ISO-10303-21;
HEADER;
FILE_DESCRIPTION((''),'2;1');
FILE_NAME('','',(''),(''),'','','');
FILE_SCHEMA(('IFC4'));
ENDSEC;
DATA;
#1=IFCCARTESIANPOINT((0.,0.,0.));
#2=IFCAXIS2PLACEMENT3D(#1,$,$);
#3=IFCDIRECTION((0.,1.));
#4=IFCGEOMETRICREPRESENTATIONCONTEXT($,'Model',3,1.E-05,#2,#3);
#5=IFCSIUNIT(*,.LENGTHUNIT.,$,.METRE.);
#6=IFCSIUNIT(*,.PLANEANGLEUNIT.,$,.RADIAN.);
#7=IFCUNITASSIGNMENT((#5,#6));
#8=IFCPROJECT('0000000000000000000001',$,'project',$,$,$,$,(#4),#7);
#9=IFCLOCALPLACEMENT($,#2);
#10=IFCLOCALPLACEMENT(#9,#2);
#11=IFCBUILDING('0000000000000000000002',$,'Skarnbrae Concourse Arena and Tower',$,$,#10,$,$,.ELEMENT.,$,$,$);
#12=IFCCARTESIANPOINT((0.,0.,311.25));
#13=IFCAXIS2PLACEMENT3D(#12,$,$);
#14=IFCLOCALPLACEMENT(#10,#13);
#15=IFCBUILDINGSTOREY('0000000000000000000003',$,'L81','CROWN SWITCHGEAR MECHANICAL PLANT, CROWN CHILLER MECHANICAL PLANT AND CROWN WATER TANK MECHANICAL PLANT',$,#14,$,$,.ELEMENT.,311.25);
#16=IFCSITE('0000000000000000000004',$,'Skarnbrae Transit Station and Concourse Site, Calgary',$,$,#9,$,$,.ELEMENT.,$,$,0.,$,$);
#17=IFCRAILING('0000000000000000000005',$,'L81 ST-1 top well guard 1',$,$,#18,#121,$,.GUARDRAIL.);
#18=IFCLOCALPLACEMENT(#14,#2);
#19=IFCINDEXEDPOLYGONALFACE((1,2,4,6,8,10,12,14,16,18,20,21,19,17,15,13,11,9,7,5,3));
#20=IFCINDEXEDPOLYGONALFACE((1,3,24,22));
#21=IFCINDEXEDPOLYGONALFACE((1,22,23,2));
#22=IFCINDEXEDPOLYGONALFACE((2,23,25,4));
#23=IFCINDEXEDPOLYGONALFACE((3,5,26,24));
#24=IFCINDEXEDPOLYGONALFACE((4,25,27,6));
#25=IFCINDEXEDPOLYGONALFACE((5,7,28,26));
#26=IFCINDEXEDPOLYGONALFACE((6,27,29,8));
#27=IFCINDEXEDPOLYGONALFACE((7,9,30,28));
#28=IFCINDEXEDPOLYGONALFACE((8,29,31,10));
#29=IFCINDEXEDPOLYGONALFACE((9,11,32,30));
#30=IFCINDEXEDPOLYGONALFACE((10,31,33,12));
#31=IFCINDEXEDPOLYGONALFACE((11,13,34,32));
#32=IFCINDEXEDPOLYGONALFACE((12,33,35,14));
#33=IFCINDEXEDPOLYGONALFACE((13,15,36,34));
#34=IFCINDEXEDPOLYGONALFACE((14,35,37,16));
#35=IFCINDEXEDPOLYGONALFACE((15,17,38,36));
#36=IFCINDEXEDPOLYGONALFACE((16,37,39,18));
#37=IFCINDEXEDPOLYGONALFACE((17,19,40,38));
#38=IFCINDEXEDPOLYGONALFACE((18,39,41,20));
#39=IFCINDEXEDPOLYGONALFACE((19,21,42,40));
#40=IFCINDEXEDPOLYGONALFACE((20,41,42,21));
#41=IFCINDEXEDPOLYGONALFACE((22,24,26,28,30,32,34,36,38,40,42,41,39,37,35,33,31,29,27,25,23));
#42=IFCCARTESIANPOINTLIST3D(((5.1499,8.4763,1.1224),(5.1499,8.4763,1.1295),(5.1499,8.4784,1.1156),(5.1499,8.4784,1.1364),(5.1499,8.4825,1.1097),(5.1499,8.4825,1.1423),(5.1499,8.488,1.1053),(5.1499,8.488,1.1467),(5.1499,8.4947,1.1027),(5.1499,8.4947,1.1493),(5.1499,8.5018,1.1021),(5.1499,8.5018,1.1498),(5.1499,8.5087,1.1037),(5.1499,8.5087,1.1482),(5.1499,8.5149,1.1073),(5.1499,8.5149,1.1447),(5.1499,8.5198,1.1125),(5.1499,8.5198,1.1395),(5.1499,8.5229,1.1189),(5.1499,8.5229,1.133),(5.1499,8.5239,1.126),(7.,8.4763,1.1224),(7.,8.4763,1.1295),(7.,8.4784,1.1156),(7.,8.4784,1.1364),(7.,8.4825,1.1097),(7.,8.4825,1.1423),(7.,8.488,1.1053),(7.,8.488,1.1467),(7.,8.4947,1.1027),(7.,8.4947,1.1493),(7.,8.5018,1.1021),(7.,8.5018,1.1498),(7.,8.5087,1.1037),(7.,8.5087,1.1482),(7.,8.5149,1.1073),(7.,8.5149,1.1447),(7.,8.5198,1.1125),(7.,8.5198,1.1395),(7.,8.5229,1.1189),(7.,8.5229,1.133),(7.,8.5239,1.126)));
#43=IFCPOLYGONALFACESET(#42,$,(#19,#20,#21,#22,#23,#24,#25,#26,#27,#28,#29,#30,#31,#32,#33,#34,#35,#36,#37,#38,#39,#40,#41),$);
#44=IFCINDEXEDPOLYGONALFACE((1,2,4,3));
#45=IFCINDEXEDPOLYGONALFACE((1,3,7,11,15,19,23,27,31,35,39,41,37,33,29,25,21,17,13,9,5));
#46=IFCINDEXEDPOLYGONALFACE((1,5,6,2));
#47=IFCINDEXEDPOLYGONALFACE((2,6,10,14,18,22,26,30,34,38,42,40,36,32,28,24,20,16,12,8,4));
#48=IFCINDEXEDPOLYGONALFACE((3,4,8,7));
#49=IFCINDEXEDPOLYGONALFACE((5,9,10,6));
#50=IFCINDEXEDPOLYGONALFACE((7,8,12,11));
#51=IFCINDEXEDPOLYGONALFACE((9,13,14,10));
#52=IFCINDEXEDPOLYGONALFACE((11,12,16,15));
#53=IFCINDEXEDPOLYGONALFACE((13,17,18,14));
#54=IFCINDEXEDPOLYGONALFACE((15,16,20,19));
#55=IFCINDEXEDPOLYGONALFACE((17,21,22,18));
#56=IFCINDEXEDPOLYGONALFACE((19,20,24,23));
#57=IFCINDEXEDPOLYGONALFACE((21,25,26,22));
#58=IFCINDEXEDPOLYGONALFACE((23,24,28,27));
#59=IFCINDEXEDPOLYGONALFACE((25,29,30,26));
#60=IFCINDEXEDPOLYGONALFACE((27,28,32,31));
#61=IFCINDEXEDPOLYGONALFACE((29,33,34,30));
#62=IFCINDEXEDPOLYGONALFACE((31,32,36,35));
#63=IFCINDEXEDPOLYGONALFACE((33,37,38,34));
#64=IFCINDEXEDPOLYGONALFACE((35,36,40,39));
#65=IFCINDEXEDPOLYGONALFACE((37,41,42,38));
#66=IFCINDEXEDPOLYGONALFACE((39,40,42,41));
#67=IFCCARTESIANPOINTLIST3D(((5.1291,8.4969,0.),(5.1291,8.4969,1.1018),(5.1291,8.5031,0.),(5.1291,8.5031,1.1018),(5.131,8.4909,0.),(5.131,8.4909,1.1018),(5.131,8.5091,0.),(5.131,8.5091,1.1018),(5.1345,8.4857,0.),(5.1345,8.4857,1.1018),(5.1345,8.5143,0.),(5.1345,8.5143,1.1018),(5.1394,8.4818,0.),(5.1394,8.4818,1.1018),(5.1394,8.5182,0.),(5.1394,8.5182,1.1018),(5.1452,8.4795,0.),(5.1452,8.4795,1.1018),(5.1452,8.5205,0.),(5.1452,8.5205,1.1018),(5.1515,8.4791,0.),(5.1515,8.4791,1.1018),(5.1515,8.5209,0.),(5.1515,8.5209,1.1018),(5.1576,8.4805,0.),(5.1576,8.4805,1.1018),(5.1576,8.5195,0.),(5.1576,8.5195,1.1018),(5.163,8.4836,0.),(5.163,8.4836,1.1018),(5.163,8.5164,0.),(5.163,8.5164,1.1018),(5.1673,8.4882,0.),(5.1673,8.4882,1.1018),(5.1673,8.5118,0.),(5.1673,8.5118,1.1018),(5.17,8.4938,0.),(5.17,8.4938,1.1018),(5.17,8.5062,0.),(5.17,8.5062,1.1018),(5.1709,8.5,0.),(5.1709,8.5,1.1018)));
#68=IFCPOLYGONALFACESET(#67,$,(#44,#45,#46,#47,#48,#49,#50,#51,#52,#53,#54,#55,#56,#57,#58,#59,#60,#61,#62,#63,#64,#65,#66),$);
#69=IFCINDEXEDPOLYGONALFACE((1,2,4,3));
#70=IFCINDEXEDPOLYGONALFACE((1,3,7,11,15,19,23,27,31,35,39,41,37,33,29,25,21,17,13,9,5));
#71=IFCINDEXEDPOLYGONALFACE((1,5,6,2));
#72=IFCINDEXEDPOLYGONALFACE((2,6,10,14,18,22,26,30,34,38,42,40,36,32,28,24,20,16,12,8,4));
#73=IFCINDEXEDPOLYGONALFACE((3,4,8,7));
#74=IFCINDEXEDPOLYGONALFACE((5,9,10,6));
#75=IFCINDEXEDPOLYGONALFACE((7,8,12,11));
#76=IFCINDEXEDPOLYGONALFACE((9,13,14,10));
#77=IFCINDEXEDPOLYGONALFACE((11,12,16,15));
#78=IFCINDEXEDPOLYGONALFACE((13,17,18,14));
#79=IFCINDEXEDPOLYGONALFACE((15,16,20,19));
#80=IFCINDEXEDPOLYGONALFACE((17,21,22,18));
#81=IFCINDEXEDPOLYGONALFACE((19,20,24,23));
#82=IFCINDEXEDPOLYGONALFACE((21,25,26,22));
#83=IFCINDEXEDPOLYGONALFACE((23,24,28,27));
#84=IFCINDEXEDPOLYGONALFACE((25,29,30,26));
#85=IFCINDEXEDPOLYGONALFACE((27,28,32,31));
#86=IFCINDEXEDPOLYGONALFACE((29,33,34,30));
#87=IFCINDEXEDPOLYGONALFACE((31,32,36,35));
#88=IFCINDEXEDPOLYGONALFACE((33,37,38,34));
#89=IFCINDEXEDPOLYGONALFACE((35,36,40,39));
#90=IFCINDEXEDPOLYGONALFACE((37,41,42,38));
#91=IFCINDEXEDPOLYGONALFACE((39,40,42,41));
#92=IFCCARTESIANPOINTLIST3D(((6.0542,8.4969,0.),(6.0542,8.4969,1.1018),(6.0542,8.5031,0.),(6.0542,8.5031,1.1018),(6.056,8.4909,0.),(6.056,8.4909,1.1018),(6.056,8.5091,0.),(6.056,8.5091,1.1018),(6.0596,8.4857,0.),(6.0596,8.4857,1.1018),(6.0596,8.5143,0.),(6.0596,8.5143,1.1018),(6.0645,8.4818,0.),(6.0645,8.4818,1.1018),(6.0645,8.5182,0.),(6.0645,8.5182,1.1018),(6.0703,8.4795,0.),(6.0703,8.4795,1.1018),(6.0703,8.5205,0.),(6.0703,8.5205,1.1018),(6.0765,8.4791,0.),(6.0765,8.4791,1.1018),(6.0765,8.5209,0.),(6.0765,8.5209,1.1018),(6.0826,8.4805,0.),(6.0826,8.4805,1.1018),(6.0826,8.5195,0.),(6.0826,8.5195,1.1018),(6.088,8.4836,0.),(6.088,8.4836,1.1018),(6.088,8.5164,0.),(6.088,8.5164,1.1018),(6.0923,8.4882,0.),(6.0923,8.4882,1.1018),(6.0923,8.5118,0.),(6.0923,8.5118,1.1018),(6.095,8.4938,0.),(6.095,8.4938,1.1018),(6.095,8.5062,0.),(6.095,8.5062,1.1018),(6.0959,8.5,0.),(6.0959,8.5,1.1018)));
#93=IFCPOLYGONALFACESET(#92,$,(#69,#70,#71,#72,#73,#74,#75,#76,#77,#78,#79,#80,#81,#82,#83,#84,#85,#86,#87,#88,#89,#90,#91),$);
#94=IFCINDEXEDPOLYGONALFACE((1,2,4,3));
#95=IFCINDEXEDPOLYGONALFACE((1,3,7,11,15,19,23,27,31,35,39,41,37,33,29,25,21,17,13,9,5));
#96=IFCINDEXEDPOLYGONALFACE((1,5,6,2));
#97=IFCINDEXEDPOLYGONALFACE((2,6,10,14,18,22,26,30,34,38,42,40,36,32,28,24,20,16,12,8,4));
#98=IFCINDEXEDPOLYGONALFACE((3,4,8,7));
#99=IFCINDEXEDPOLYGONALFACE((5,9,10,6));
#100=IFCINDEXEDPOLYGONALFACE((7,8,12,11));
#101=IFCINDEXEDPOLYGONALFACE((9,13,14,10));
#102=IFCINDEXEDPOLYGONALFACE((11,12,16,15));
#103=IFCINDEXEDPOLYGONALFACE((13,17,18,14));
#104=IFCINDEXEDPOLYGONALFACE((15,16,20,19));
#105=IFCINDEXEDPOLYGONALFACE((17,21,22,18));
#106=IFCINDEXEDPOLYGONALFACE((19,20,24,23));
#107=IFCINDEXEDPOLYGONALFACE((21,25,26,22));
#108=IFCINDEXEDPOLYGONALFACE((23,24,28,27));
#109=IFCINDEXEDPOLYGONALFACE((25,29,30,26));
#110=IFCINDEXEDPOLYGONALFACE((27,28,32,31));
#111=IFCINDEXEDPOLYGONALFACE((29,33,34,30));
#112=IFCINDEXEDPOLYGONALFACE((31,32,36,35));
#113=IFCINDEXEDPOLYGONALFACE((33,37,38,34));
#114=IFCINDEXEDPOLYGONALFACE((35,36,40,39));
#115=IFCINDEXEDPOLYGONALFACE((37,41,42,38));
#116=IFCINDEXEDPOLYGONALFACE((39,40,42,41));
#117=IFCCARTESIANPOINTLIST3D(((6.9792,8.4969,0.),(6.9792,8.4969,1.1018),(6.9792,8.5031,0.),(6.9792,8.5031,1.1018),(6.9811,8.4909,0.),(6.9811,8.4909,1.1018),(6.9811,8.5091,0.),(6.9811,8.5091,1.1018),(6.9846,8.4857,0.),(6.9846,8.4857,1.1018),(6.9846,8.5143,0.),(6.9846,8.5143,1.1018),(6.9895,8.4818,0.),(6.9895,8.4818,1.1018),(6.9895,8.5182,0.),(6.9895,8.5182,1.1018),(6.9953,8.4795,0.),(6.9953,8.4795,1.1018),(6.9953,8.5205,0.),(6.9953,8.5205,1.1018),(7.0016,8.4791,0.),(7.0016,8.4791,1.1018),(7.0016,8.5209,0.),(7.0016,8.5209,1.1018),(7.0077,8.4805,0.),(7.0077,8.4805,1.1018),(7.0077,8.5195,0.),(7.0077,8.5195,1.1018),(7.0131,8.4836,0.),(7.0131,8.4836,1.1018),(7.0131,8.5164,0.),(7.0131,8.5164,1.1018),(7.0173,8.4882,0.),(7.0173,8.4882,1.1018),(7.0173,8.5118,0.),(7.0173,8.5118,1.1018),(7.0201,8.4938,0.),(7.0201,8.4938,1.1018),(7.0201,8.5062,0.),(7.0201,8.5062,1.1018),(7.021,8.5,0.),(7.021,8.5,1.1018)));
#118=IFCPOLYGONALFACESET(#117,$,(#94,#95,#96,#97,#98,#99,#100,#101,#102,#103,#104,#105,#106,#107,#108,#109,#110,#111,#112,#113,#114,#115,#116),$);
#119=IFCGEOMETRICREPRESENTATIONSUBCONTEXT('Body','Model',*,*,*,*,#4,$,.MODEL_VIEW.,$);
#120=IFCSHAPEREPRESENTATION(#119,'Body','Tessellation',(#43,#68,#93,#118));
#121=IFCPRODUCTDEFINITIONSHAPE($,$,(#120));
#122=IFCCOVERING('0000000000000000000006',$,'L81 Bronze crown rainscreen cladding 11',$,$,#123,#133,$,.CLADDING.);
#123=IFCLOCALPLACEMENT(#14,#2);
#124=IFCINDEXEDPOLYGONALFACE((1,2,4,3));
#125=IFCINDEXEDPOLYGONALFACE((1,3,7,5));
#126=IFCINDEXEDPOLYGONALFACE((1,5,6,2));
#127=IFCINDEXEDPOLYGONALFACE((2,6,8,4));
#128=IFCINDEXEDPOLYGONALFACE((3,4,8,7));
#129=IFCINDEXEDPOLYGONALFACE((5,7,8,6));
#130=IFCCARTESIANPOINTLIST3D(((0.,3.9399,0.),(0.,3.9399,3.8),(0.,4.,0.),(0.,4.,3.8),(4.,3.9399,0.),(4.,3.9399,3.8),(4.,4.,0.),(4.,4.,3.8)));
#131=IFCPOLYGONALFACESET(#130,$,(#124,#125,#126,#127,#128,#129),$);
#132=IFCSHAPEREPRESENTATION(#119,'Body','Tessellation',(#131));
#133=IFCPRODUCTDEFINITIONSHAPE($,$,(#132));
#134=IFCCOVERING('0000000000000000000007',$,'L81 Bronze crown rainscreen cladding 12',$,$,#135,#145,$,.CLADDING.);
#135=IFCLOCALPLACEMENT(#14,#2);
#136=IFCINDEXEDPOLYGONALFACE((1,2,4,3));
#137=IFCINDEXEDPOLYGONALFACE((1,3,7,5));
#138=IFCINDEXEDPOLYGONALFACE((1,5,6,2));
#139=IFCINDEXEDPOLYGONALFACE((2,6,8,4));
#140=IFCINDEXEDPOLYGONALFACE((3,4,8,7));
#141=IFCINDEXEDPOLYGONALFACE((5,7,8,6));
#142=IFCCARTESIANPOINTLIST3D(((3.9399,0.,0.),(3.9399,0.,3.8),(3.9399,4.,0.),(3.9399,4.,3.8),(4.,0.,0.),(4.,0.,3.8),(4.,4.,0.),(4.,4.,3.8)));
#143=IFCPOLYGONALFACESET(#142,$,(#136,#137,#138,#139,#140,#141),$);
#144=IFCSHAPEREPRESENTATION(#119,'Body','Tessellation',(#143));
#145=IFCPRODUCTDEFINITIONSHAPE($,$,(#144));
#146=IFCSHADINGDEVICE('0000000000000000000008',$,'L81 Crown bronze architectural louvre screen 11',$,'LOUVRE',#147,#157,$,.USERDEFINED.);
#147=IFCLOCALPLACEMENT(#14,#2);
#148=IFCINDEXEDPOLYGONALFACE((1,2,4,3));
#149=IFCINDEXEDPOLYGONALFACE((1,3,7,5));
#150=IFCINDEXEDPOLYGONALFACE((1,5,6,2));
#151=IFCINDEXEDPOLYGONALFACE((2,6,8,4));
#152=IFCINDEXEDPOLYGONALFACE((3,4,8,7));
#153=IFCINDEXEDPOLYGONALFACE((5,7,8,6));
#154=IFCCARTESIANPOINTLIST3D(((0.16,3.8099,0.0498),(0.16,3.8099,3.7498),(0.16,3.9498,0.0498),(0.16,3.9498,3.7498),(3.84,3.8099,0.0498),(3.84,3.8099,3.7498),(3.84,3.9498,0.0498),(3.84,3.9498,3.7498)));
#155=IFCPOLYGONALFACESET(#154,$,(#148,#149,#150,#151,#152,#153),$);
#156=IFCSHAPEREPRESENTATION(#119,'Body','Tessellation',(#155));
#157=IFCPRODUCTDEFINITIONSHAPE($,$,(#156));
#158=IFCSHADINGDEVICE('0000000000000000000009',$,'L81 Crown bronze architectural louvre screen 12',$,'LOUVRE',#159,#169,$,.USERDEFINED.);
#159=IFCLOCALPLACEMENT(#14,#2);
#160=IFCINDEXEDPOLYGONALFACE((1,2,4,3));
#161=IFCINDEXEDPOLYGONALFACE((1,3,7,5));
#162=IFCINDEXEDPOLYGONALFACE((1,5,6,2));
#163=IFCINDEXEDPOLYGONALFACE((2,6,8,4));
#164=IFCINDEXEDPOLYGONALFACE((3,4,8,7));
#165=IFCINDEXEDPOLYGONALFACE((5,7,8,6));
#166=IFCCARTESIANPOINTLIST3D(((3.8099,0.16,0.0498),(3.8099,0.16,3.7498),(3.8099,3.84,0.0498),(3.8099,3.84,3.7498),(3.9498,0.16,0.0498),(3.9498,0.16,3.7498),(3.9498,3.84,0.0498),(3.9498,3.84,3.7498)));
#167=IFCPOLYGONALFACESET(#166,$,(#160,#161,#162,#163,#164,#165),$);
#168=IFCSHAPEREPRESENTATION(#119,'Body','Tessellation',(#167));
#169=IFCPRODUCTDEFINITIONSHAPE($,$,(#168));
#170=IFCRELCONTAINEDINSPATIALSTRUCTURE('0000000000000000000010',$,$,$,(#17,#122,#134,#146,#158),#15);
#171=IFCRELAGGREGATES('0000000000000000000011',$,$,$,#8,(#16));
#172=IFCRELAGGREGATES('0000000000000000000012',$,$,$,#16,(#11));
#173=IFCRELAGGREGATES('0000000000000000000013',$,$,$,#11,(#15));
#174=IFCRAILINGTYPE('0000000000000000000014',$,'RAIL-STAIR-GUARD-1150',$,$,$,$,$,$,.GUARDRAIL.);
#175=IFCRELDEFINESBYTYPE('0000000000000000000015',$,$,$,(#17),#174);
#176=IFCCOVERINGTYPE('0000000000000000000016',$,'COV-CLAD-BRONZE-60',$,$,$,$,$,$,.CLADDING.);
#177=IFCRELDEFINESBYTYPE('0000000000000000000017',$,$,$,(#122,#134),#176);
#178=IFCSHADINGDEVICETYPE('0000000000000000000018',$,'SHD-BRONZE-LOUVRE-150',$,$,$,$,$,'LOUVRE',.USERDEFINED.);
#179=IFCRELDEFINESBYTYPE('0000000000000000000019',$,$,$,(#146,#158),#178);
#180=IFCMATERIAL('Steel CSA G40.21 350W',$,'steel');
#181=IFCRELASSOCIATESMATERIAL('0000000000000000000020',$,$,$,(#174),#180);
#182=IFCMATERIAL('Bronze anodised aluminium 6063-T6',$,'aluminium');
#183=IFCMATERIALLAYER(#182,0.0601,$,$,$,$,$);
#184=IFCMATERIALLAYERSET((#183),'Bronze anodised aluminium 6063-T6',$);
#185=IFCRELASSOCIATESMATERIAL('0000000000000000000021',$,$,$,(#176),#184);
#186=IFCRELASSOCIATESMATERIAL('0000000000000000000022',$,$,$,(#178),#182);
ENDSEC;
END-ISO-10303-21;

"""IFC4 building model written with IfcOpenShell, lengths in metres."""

from ifc_helpers import new_model, si_unit, direction, frame, origin, origin_2d, place, context, subcontext, project, spatial, rectangle, circle, extrude, source, transform, mapped, material, layer, layer_set, type_object, element, save


model = new_model("IFC4")

# Units and contexts
model_context = context("Model", 3, precision=1e-05, world=origin(), true_north=direction((0.0, 1.0)))
body_context = subcontext(model_context, "Body", "Model", "MODEL_VIEW")
ifc_project = project(units=[si_unit("LENGTHUNIT", "METRE"), si_unit("PLANEANGLEUNIT", "RADIAN")], contexts=[model_context])

# Site, building, storey
site_placement = place(None, origin())
site = spatial("IfcSite", under=ifc_project, at=site_placement, Name="Skarnbrae Transit Station and Concourse Site, Calgary", CompositionType="ELEMENT", RefElevation=0.0)
building_placement = place(site_placement, origin())
building = spatial("IfcBuilding", under=site, at=building_placement, Name="Skarnbrae Concourse Arena and Tower", CompositionType="ELEMENT")
storey_placement = place(building_placement, frame((0.0, 0.0, 311.25)))
storey = spatial("IfcBuildingStorey", under=building, at=storey_placement, Name="L81", Description="CROWN SWITCHGEAR MECHANICAL PLANT, CROWN CHILLER MECHANICAL PLANT AND CROWN WATER TANK MECHANICAL PLANT", CompositionType="ELEMENT", Elevation=311.25)

# Shared definitions
ifc_material_1 = material(Name="Steel CSA G40.21 350W", Category="steel")

# Railing
railing_type = type_object("IfcRailingType", Name="RAIL-STAIR-GUARD-1150", PredefinedType="GUARDRAIL", material=ifc_material_1)
railing_placement = place(storey_placement, frame((5.1499, 8.5, 0.0)))
element("IfcRailing", 1, at=railing_placement, inside=storey, type_object=railing_type, Name="L81 ST-1 top well guard 1", PredefinedType="GUARDRAIL", context=body_context, shape_type="SweptSolid", body=[
    extrude(circle(Radius=0.0239, at=origin_2d()), frame((0.0, 0.0, 1.126), z_axis=(1.0, 0.0, 0.0), x_axis=(0.0, 1.0, 0.0)), (0.0, 0.0, 1.0), 1.8501),
    extrude(circle(Radius=0.021, at=origin_2d()), origin(), (0.0, 0.0, 1.0), 1.1018),
    extrude(circle(Radius=0.021, at=origin_2d()), frame((0.925, 0.0, 0.0)), (0.0, 0.0, 1.0), 1.1018),
    extrude(circle(Radius=0.021, at=origin_2d()), frame((1.8501, 0.0, 0.0)), (0.0, 0.0, 1.0), 1.1018),
])

# Coverings
ifc_material_2 = material(Name="Bronze anodised aluminium 6063-T6", Category="aluminium")
ifc_layer_1 = layer(ifc_material_2, 0.0601)
ifc_layer_set_1 = layer_set([ifc_layer_1], Name="Bronze anodised aluminium 6063-T6")
covering_type = type_object("IfcCoveringType", Name="COV-CLAD-BRONZE-60", PredefinedType="CLADDING", material=ifc_layer_set_1)
shared_shape_1 = source(origin(), body_context, "Body", "SweptSolid", [
    extrude(rectangle(XDim=4.0, YDim=0.0601, at=origin_2d()), origin(), (0.0, 0.0, 1.0), 3.8),
])
for number, where, z_axis, x_axis, name in (
    (2, (2.0, 3.97, 0.0), (0.0, 0.0, 1.0), (1.0, 0.0, 0.0), "L81 Bronze crown rainscreen cladding 11"),
    (3, (3.97, 2.0, 0.0), (0.0, 0.0, 1.0), (0.0, -1.0, 0.0), "L81 Bronze crown rainscreen cladding 12"),
):
    element("IfcCovering", number, at=place(storey_placement, frame(where, z_axis=z_axis, x_axis=x_axis)), inside=storey, type_object=covering_type, Name=name, PredefinedType="CLADDING", context=body_context, shape_type="MappedRepresentation", body=[
        mapped(shared_shape_1, transform((0.0, 0.0, 0.0))),
    ])

# Shading devices
shading_device_type = type_object("IfcShadingDeviceType", Name="SHD-BRONZE-LOUVRE-150", ElementType="LOUVRE", PredefinedType="USERDEFINED", material=ifc_material_2)
shared_shape_2 = source(origin(), body_context, "Body", "SweptSolid", [
    extrude(rectangle(XDim=3.6799, YDim=0.1399, at=origin_2d()), origin(), (0.0, 0.0, 1.0), 3.7),
])
for number, where, z_axis, x_axis, name in (
    (4, (2.0, 3.8799, 0.0498), (0.0, 0.0, 1.0), (1.0, 0.0, 0.0), "L81 Crown bronze architectural louvre screen 11"),
    (5, (3.8799, 2.0, 0.0498), (0.0, 0.0, 1.0), (0.0, -1.0, 0.0), "L81 Crown bronze architectural louvre screen 12"),
):
    element("IfcShadingDevice", number, at=place(storey_placement, frame(where, z_axis=z_axis, x_axis=x_axis)), inside=storey, type_object=shading_device_type, Name=name, ObjectType="LOUVRE", PredefinedType="USERDEFINED", context=body_context, shape_type="MappedRepresentation", body=[
        mapped(shared_shape_2, transform((0.0, 0.0, 0.0))),
    ])

save(model, "model.ifc")
